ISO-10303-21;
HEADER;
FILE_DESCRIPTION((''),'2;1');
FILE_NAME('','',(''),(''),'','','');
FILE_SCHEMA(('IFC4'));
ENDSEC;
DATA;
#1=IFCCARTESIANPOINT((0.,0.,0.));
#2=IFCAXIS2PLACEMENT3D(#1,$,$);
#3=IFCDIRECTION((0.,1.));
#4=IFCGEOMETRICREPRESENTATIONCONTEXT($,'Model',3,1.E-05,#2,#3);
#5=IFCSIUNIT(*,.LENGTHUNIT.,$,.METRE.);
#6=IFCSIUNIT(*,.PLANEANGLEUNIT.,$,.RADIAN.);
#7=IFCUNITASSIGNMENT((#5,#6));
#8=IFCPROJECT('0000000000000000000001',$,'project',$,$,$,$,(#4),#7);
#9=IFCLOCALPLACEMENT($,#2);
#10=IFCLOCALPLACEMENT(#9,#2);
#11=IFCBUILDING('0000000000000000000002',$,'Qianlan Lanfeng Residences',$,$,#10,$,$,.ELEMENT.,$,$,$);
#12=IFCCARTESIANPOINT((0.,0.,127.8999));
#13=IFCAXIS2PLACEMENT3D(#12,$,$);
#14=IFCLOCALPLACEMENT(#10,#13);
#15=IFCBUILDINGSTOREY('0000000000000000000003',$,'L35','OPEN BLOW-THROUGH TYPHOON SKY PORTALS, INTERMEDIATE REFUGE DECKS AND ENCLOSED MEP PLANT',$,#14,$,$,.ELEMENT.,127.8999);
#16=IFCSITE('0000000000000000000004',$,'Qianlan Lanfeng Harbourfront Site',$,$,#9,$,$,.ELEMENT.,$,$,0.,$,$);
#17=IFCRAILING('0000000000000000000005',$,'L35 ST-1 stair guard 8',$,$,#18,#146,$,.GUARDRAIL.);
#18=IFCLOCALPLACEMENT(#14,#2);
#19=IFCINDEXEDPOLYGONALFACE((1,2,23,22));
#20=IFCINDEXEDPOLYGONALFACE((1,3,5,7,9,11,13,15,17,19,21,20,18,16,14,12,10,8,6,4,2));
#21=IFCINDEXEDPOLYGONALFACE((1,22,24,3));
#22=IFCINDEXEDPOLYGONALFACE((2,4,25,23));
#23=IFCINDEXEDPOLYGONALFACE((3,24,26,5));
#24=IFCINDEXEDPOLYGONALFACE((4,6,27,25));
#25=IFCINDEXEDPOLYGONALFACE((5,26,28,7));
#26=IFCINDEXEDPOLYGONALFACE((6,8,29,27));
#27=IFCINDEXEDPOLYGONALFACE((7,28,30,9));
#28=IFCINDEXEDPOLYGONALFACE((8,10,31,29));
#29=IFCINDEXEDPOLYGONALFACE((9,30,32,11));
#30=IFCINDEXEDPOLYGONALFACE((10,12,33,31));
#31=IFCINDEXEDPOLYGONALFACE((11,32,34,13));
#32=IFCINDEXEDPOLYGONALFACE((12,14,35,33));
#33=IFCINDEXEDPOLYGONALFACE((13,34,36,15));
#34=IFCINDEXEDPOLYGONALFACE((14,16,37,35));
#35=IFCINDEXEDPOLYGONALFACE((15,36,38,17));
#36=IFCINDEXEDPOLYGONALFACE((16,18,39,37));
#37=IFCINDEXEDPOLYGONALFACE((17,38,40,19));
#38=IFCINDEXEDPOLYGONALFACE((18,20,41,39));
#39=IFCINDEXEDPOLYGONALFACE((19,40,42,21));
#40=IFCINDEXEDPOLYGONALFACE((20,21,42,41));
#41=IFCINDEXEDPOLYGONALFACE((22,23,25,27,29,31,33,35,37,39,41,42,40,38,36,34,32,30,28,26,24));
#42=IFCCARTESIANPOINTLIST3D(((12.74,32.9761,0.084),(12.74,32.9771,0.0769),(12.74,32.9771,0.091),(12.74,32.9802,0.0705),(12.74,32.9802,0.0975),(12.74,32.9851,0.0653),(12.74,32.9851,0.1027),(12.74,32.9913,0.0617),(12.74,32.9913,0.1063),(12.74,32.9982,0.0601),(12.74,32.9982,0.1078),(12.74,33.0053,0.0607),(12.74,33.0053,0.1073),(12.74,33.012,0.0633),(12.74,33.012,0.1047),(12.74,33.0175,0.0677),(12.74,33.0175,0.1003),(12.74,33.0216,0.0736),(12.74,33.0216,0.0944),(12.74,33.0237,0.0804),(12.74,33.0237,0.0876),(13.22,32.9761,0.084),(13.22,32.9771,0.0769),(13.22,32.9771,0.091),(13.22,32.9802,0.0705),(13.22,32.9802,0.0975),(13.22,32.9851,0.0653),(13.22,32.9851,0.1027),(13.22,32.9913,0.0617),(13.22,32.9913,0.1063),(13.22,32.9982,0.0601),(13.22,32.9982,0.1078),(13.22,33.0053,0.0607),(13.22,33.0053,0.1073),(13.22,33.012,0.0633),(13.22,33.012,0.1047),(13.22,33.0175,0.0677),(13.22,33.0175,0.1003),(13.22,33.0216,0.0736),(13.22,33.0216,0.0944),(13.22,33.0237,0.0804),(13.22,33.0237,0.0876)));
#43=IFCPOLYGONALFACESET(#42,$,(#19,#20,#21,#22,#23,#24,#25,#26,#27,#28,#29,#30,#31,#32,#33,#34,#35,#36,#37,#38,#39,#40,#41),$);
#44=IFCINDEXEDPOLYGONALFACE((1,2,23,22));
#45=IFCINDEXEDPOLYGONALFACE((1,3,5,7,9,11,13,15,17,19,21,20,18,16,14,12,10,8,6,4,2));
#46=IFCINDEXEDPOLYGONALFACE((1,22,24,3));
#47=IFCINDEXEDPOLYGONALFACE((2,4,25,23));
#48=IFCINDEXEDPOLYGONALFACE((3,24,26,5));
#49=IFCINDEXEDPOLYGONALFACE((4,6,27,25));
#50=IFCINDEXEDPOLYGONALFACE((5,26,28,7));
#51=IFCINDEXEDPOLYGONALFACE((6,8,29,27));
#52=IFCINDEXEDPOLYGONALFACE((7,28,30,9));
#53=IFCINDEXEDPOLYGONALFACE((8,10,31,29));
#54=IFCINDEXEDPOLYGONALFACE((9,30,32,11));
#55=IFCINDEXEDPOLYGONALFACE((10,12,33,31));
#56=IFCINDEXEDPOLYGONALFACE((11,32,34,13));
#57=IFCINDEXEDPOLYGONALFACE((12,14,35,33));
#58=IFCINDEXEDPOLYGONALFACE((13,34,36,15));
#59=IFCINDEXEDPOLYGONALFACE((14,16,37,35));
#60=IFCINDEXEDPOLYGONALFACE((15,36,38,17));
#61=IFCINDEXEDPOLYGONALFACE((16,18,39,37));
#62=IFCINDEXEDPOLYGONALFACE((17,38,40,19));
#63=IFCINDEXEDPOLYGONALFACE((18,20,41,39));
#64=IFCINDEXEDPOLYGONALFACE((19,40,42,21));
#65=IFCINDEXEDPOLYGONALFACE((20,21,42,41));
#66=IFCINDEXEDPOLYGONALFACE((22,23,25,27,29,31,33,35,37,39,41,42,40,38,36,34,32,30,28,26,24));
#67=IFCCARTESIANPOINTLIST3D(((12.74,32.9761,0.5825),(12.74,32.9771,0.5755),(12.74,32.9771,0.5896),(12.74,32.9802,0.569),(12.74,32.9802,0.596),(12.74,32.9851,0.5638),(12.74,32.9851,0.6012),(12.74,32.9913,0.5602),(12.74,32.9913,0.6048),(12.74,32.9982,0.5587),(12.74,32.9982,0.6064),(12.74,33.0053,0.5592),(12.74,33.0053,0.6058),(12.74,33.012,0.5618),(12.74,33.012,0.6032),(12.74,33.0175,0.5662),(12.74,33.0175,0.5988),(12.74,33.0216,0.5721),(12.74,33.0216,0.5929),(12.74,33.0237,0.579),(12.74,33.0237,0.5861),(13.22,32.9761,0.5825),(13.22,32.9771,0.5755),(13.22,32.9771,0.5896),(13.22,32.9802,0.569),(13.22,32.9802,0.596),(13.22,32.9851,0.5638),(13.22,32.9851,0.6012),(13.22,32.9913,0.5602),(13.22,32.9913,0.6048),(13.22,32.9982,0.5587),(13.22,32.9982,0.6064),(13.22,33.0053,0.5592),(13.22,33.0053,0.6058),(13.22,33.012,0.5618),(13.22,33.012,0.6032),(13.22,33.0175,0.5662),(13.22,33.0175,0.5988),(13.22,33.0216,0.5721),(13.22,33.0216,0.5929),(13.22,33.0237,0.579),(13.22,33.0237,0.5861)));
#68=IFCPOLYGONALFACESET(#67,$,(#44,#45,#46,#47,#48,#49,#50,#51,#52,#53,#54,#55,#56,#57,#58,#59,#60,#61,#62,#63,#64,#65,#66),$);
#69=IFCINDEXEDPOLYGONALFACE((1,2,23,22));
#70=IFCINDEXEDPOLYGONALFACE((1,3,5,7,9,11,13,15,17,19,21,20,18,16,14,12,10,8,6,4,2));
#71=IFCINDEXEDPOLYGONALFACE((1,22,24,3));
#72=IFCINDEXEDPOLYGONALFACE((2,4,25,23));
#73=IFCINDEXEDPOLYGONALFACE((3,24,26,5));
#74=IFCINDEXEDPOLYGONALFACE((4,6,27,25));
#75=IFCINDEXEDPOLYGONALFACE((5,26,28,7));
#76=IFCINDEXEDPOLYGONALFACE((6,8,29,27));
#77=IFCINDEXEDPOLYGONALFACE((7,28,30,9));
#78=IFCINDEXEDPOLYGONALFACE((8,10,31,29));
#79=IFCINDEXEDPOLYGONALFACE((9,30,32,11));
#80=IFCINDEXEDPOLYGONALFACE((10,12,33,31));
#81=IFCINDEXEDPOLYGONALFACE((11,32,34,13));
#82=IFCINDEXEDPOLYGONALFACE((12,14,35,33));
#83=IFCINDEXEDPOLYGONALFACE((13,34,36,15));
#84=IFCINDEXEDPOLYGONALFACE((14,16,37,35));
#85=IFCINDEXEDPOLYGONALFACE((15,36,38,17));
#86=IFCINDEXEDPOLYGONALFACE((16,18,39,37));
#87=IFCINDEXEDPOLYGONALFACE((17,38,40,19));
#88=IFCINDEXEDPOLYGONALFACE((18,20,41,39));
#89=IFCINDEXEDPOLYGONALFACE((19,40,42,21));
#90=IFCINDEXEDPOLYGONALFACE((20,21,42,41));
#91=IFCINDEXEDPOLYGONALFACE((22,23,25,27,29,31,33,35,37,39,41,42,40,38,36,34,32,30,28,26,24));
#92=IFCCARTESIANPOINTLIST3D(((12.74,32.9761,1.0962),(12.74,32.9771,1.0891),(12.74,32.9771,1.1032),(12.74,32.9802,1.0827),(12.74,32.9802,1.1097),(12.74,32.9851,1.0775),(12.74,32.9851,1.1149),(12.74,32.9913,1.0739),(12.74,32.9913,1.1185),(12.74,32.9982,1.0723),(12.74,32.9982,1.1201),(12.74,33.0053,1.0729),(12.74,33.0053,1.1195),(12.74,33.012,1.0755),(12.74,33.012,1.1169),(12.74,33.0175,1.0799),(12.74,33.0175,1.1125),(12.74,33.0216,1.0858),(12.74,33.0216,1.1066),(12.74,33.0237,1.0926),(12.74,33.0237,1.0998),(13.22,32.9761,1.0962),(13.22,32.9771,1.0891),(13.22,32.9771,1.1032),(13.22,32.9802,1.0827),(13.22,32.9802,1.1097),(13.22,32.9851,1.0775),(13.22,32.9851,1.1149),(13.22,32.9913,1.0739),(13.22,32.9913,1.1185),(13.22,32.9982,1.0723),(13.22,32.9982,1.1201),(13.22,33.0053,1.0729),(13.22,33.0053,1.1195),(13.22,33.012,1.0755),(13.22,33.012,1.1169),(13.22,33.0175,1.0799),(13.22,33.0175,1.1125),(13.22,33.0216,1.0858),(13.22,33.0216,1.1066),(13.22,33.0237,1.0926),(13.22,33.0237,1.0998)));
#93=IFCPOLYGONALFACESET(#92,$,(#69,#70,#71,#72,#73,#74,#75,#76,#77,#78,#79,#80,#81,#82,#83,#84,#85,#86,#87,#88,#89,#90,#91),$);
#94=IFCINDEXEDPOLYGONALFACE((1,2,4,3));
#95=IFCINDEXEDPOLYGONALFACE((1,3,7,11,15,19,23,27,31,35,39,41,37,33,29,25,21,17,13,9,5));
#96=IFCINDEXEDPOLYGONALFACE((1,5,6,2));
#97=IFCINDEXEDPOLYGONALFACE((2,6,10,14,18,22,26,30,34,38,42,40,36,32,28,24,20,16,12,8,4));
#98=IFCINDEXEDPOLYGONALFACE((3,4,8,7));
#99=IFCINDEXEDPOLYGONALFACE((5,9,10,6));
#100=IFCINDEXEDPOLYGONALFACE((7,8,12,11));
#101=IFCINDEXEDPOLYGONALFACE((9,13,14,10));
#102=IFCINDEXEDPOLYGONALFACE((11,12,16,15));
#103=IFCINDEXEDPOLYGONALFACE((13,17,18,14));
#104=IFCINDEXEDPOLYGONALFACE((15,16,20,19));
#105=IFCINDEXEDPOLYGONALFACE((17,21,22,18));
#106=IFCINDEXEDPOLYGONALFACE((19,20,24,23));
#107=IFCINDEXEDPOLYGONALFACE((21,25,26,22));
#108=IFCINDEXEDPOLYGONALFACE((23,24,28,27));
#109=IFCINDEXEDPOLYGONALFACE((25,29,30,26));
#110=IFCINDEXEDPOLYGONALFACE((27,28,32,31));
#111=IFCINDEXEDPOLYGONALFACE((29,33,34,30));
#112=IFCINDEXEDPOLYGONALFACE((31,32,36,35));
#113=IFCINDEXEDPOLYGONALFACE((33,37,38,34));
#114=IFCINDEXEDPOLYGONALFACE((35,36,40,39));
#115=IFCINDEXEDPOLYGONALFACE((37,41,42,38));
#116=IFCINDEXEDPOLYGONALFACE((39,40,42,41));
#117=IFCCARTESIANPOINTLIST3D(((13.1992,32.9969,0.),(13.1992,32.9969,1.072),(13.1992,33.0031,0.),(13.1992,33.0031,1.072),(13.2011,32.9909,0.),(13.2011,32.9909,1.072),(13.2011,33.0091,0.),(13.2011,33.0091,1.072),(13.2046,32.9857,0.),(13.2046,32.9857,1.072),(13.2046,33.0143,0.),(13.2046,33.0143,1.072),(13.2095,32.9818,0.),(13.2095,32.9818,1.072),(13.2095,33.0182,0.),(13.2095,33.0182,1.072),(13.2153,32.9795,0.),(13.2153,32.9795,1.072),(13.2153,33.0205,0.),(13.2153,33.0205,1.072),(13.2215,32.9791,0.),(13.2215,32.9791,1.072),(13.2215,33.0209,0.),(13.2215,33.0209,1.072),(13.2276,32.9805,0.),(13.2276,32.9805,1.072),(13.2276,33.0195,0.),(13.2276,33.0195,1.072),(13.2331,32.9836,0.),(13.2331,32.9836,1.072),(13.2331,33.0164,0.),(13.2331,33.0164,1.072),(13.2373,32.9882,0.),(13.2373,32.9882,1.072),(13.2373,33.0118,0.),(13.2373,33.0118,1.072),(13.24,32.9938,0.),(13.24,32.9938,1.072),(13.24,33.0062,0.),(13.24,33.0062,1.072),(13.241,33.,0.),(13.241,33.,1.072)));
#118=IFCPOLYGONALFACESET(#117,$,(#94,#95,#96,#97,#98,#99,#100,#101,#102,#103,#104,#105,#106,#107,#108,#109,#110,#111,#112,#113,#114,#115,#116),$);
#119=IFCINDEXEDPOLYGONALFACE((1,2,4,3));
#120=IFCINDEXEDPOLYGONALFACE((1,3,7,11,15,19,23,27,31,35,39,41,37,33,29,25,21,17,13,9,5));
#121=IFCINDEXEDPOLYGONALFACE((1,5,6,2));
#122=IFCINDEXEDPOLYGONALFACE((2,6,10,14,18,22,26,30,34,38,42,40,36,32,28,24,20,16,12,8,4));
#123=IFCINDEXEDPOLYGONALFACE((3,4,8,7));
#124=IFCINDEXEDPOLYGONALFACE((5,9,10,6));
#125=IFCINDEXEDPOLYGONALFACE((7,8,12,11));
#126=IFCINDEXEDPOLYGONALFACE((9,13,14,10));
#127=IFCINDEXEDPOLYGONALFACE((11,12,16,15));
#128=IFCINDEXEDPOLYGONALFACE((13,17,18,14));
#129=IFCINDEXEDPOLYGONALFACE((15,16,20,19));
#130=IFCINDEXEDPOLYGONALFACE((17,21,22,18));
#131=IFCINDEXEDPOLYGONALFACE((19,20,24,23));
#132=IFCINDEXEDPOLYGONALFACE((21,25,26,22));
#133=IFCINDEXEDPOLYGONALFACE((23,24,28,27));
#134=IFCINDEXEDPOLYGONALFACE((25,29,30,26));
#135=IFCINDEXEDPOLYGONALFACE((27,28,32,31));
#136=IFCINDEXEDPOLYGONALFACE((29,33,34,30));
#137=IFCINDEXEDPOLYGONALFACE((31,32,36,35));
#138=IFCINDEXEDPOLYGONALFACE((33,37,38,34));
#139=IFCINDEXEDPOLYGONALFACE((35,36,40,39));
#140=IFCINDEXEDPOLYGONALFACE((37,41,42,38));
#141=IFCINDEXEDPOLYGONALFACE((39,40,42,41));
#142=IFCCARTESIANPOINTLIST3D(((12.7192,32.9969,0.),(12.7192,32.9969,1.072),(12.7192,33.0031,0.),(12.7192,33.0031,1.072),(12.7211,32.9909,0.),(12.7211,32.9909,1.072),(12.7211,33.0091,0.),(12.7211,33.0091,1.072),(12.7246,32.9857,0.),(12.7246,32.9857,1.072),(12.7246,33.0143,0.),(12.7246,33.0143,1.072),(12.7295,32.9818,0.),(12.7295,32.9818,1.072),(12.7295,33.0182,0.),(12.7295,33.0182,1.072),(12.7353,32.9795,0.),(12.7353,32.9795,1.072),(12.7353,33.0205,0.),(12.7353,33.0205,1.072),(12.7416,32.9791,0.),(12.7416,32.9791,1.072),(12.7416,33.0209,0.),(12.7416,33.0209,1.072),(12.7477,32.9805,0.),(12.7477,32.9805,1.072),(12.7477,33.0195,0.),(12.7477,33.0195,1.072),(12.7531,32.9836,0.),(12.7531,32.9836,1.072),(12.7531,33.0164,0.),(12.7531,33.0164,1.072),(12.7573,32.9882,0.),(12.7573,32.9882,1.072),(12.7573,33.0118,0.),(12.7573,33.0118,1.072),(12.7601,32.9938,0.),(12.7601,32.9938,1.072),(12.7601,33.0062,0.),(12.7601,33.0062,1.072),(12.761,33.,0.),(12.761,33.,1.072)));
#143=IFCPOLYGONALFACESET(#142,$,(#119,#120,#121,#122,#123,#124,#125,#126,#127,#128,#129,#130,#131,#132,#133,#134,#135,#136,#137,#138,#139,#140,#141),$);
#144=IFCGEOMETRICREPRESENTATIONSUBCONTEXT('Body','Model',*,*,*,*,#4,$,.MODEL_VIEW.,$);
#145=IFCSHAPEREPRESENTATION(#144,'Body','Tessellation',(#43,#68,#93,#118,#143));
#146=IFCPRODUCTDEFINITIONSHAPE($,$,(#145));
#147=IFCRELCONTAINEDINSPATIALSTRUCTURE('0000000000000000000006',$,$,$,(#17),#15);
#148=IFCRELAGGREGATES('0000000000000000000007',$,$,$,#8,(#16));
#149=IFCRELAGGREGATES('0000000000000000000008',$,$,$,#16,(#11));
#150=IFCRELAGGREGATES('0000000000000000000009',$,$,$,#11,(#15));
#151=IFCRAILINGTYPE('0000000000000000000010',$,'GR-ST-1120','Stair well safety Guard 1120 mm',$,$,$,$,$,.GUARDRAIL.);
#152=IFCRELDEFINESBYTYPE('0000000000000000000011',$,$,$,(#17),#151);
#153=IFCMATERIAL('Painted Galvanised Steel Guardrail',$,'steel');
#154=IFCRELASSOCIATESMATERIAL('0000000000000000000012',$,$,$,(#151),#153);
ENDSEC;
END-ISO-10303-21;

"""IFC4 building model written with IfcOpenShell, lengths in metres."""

from ifc_helpers import new_model, si_unit, direction, frame, origin, origin_2d, place, context, subcontext, project, spatial, circle, extrude, material, type_object, element, save


model = new_model("IFC4")

# Units and contexts
model_context = context("Model", 3, precision=1e-05, world=origin(), true_north=direction((0.0, 1.0)))
body_context = subcontext(model_context, "Body", "Model", "MODEL_VIEW")
ifc_project = project(units=[si_unit("LENGTHUNIT", "METRE"), si_unit("PLANEANGLEUNIT", "RADIAN")], contexts=[model_context])

# Site, building, storey
site_placement = place(None, origin())
site = spatial("IfcSite", under=ifc_project, at=site_placement, Name="Qianlan Lanfeng Harbourfront Site", CompositionType="ELEMENT", RefElevation=0.0)
building_placement = place(site_placement, origin())
building = spatial("IfcBuilding", under=site, at=building_placement, Name="Qianlan Lanfeng Residences", CompositionType="ELEMENT")
storey_placement = place(building_placement, frame((0.0, 0.0, 127.8999)))
storey = spatial("IfcBuildingStorey", under=building, at=storey_placement, Name="L35", Description="OPEN BLOW-THROUGH TYPHOON SKY PORTALS, INTERMEDIATE REFUGE DECKS AND ENCLOSED MEP PLANT", CompositionType="ELEMENT", Elevation=127.8999)

# Railing
ifc_material_1 = material(Name="Painted Galvanised Steel Guardrail", Category="steel")
railing_type_1 = type_object("IfcRailingType", Name="GR-ST-1120", Description="Stair well safety Guard 1120 mm", PredefinedType="GUARDRAIL", material=ifc_material_1)
railing_1_placement = place(storey_placement, frame((13.22, 33.0, 0.0)))
element("IfcRailing", 1, at=railing_1_placement, inside=storey, type_object=railing_type_1, Name="L35 ST-1 stair guard 8", PredefinedType="GUARDRAIL", context=body_context, shape_type="SweptSolid", body=[
    extrude(circle(Radius=0.0239, at=origin_2d()), frame((0.0, 0.0, 0.084), z_axis=(-1.0, 0.0, 0.0), x_axis=(0.0, -1.0, 0.0)), (0.0, 0.0, 1.0), 0.48),
    extrude(circle(Radius=0.0239, at=origin_2d()), frame((0.0, 0.0, 0.5825), z_axis=(-1.0, 0.0, 0.0), x_axis=(0.0, -1.0, 0.0)), (0.0, 0.0, 1.0), 0.48),
    extrude(circle(Radius=0.0239, at=origin_2d()), frame((0.0, 0.0, 1.0962), z_axis=(-1.0, 0.0, 0.0), x_axis=(0.0, -1.0, 0.0)), (0.0, 0.0, 1.0), 0.48),
    extrude(circle(Radius=0.021, at=origin_2d()), origin(), (0.0, 0.0, 1.0), 1.072),
    extrude(circle(Radius=0.021, at=origin_2d()), frame((-0.48, 0.0, 0.0)), (0.0, 0.0, 1.0), 1.072),
])

save(model, "model.ifc")
